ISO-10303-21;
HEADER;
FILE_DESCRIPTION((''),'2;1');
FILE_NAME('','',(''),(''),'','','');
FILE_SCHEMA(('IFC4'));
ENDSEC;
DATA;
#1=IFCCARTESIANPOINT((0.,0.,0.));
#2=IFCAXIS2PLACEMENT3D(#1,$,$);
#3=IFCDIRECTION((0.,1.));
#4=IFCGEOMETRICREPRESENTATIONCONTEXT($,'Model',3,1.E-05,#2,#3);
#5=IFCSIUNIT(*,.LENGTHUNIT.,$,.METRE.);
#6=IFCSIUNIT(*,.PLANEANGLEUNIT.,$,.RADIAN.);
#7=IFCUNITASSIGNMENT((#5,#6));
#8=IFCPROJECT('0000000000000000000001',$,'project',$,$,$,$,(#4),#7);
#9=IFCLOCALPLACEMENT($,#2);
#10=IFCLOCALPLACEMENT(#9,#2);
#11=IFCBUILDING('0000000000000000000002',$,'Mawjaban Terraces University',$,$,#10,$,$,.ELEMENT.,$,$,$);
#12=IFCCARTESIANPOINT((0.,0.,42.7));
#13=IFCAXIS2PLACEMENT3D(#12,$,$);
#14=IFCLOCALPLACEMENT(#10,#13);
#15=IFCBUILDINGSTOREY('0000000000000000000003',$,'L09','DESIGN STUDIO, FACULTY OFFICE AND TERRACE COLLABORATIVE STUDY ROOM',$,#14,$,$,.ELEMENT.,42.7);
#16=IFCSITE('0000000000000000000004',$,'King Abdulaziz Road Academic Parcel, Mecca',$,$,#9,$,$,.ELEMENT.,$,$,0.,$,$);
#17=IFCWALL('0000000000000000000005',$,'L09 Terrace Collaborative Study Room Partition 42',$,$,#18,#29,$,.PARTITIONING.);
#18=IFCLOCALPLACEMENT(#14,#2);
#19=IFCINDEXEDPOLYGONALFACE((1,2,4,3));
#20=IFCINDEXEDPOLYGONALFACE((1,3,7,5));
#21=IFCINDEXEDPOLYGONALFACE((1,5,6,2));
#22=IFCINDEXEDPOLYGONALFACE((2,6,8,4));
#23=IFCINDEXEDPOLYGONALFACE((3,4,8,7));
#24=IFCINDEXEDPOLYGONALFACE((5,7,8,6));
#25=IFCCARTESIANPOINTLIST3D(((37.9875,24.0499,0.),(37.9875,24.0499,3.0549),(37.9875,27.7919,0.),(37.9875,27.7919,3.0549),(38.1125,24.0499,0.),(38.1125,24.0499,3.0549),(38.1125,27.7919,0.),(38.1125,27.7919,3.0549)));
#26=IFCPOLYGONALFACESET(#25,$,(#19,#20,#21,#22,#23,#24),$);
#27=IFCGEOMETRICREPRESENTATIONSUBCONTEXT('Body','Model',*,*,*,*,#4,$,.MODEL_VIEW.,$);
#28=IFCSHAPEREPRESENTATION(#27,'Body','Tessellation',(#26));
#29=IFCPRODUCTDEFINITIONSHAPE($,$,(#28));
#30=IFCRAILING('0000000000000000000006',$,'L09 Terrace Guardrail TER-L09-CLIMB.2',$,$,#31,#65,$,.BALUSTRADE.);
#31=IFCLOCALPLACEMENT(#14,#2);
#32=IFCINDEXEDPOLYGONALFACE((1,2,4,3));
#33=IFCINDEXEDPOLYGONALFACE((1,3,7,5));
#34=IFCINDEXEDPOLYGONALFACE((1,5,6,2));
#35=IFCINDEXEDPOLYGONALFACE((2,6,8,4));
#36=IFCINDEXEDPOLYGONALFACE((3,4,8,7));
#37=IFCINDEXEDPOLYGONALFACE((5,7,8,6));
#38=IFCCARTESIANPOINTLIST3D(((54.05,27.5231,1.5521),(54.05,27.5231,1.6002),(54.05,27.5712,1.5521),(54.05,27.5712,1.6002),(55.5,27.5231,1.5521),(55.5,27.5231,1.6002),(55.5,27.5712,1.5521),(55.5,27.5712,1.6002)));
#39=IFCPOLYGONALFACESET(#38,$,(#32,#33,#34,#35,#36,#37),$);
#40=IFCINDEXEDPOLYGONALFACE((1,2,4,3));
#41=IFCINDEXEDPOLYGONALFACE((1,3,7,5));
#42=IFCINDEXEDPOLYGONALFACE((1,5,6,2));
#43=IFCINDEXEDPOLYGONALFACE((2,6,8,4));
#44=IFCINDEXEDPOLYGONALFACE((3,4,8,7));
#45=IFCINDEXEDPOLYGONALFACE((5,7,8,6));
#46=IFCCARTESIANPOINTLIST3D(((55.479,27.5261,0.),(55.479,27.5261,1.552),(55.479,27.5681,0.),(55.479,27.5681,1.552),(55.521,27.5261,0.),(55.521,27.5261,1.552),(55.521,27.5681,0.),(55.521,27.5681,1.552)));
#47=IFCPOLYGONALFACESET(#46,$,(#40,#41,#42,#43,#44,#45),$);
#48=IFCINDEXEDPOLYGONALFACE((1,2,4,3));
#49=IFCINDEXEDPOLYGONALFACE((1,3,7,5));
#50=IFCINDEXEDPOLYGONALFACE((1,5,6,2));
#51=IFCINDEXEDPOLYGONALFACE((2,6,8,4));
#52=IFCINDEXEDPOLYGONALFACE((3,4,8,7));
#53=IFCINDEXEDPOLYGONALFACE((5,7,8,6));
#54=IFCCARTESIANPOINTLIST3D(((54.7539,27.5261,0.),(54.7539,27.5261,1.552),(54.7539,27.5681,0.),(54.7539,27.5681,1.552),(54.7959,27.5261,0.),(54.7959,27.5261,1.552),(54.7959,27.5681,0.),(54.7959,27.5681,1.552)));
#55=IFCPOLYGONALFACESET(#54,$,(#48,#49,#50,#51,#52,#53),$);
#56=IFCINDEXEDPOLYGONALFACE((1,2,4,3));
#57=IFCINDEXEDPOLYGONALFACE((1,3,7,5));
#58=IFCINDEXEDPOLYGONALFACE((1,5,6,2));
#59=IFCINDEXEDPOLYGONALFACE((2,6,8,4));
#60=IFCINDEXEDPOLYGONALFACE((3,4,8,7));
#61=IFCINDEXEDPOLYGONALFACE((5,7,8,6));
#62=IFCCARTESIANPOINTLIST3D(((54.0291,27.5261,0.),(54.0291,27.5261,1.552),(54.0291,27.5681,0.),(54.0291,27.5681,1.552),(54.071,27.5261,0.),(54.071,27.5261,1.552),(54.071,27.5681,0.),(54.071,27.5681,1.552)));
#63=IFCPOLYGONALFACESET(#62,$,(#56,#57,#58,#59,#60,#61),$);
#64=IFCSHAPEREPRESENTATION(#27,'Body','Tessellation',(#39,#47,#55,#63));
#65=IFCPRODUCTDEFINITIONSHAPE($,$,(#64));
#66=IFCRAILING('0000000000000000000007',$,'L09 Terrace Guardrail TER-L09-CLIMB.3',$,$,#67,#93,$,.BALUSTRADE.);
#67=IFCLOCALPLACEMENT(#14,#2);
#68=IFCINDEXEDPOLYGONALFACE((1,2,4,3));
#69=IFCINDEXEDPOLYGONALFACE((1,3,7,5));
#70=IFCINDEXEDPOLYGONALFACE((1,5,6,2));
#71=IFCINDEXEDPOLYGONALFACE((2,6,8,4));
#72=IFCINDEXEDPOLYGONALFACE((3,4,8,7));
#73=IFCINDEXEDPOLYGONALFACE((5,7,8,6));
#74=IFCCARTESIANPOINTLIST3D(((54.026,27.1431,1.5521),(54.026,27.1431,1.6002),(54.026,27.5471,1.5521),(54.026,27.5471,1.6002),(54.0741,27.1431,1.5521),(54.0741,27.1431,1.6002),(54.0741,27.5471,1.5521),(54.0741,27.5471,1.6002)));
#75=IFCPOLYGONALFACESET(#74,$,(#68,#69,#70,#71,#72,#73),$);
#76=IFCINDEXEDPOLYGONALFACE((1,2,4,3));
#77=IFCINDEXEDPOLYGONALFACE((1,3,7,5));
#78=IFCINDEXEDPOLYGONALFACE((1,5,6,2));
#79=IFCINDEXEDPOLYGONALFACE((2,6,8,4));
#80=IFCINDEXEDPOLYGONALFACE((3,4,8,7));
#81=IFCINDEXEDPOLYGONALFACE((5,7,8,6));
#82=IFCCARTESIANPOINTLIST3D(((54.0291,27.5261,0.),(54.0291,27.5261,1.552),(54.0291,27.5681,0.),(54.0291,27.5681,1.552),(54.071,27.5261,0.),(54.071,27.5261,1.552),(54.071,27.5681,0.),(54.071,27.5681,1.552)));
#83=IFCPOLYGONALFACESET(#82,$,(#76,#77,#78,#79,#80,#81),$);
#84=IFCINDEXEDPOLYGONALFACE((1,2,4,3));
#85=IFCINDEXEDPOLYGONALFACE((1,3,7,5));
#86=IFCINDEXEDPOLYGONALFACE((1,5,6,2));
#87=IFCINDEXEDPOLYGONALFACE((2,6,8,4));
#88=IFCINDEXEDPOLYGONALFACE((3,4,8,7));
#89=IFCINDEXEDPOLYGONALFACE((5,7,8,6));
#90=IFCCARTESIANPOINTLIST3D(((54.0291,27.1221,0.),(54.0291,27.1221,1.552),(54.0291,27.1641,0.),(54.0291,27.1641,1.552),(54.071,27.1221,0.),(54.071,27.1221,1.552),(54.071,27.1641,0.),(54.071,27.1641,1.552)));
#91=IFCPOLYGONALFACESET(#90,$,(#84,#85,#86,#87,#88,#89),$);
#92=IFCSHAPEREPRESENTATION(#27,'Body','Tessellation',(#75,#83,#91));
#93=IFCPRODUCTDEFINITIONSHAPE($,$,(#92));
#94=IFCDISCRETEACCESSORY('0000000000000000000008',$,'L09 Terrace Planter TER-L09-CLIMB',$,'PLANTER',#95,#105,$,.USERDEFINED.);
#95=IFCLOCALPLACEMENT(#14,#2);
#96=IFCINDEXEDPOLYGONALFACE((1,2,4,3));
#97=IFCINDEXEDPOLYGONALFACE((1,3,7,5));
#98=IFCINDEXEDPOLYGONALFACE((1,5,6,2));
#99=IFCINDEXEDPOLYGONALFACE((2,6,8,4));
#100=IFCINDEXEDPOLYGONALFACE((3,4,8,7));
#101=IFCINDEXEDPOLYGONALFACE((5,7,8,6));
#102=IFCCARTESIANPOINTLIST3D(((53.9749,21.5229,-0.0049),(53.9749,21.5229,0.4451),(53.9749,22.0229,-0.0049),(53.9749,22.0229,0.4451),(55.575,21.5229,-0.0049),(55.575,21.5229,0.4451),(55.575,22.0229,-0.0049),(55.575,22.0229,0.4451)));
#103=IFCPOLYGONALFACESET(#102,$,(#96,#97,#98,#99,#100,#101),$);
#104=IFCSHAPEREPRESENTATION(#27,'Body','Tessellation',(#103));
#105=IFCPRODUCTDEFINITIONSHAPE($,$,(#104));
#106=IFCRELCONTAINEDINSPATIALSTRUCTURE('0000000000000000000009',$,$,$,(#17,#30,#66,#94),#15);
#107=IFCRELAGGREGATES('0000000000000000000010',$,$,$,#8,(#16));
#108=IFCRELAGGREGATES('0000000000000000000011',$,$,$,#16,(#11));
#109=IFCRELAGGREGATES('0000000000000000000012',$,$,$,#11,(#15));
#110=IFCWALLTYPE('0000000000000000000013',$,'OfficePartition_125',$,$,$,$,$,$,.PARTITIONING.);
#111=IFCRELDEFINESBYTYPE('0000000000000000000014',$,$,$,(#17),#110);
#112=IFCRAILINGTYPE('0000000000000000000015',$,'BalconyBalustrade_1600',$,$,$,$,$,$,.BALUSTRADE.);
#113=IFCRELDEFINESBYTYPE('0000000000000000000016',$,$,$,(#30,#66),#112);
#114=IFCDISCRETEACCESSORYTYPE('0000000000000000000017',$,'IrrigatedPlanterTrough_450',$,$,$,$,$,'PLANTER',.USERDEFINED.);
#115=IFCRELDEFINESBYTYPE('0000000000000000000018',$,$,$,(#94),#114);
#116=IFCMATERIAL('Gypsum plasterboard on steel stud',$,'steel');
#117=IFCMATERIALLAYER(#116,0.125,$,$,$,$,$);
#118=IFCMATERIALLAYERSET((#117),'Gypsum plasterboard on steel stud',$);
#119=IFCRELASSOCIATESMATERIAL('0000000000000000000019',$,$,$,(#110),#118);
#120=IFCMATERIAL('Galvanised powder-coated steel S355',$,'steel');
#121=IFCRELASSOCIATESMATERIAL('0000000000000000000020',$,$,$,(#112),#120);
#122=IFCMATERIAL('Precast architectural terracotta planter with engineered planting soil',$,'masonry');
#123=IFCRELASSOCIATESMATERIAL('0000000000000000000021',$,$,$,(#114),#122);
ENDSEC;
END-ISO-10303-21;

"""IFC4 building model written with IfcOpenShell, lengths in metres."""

from ifc_helpers import new_model, si_unit, direction, frame, frame_2d, origin, origin_2d, place, context, subcontext, project, spatial, rectangle, extrude, material, layer, layer_set, type_object, element, save


model = new_model("IFC4")

# Units and contexts
model_context = context("Model", 3, precision=1e-05, world=origin(), true_north=direction((0.0, 1.0)))
body_context = subcontext(model_context, "Body", "Model", "MODEL_VIEW")
ifc_project = project(units=[si_unit("LENGTHUNIT", "METRE"), si_unit("PLANEANGLEUNIT", "RADIAN")], contexts=[model_context])

# Site, building, storey
site_placement = place(None, origin())
site = spatial("IfcSite", under=ifc_project, at=site_placement, Name="King Abdulaziz Road Academic Parcel, Mecca", CompositionType="ELEMENT", RefElevation=0.0)
building_placement = place(site_placement, origin())
building = spatial("IfcBuilding", under=site, at=building_placement, Name="Mawjaban Terraces University", CompositionType="ELEMENT")
storey_placement = place(building_placement, frame((0.0, 0.0, 42.7)))
storey = spatial("IfcBuildingStorey", under=building, at=storey_placement, Name="L09", Description="DESIGN STUDIO, FACULTY OFFICE AND TERRACE COLLABORATIVE STUDY ROOM", CompositionType="ELEMENT", Elevation=42.7)

# Wall
ifc_material_1 = material(Name="Gypsum plasterboard on steel stud", Category="steel")
ifc_layer_1 = layer(ifc_material_1, 0.125)
ifc_layer_set_1 = layer_set([ifc_layer_1], Name="Gypsum plasterboard on steel stud")
wall_type_1 = type_object("IfcWallType", Name="OfficePartition_125", PredefinedType="PARTITIONING", material=ifc_layer_set_1)
wall_1_placement = place(storey_placement, frame((38.05, 27.792, 0.0), z_axis=(0.0, 0.0, 1.0), x_axis=(0.0, -1.0, 0.0)))
element("IfcWall", 1, at=wall_1_placement, inside=storey, type_object=wall_type_1, Name="L09 Terrace Collaborative Study Room Partition 42", PredefinedType="PARTITIONING", context=body_context, shape_type="SweptSolid", body=[
    extrude(rectangle(XDim=3.7419, YDim=0.125, at=frame_2d((1.8711, 0.0))), origin(), (0.0, 0.0, 1.0), 3.0549),
])

# Railings
ifc_material_2 = material(Name="Galvanised powder-coated steel S355", Category="steel")
railing_type = type_object("IfcRailingType", Name="BalconyBalustrade_1600", PredefinedType="BALUSTRADE", material=ifc_material_2)
railing_1_placement = place(storey_placement, frame((55.5, 27.5471, 0.0)))
element("IfcRailing", 2, at=railing_1_placement, inside=storey, type_object=railing_type, Name="L09 Terrace Guardrail TER-L09-CLIMB.2", PredefinedType="BALUSTRADE", context=body_context, shape_type="SweptSolid", body=[
    extrude(rectangle(XDim=0.0481, YDim=0.0481, at=origin_2d()), frame((0.0, 0.0, 1.5762), z_axis=(-1.0, 0.0, 0.0), x_axis=(0.0, -1.0, 0.0)), (0.0, 0.0, 1.0), 1.45),
    extrude(rectangle(XDim=0.042, YDim=0.042, at=origin_2d()), origin(), (0.0, 0.0, 1.0), 1.552),
    extrude(rectangle(XDim=0.042, YDim=0.042, at=origin_2d()), frame((-0.7251, 0.0, 0.0)), (0.0, 0.0, 1.0), 1.552),
    extrude(rectangle(XDim=0.042, YDim=0.042, at=origin_2d()), frame((-1.45, 0.0, 0.0)), (0.0, 0.0, 1.0), 1.552),
])
railing_2_placement = place(storey_placement, frame((54.05, 27.5471, 0.0)))
element("IfcRailing", 3, at=railing_2_placement, inside=storey, type_object=railing_type, Name="L09 Terrace Guardrail TER-L09-CLIMB.3", PredefinedType="BALUSTRADE", context=body_context, shape_type="SweptSolid", body=[
    extrude(rectangle(XDim=0.0481, YDim=0.0481, at=origin_2d()), frame((0.0, 0.0, 1.5762), z_axis=(0.0, -1.0, 0.0), x_axis=(1.0, 0.0, 0.0)), (0.0, 0.0, 1.0), 0.4041),
    extrude(rectangle(XDim=0.042, YDim=0.042, at=origin_2d()), origin(), (0.0, 0.0, 1.0), 1.552),
    extrude(rectangle(XDim=0.042, YDim=0.042, at=origin_2d()), frame((0.0, -0.4041, 0.0)), (0.0, 0.0, 1.0), 1.552),
])

# Discrete accessory
ifc_material_3 = material(Name="Precast architectural terracotta planter with engineered planting soil", Category="masonry")
discrete_accessory_type = type_object("IfcDiscreteAccessoryType", Name="IrrigatedPlanterTrough_450", ElementType="PLANTER", PredefinedType="USERDEFINED", material=ifc_material_3)
discrete_accessory_placement = place(storey_placement, frame((54.7749, 21.7729, -0.0049), z_axis=(0.0, 0.0, 1.0), x_axis=(1.0, 0.0, 0.0)))
element("IfcDiscreteAccessory", 4, at=discrete_accessory_placement, inside=storey, type_object=discrete_accessory_type, Name="L09 Terrace Planter TER-L09-CLIMB", ObjectType="PLANTER", PredefinedType="USERDEFINED", context=body_context, shape_type="SweptSolid", body=[
    extrude(rectangle(XDim=1.6001, YDim=0.5, at=origin_2d()), origin(), (0.0, 0.0, 1.0), 0.45),
])

save(model, "model.ifc")
